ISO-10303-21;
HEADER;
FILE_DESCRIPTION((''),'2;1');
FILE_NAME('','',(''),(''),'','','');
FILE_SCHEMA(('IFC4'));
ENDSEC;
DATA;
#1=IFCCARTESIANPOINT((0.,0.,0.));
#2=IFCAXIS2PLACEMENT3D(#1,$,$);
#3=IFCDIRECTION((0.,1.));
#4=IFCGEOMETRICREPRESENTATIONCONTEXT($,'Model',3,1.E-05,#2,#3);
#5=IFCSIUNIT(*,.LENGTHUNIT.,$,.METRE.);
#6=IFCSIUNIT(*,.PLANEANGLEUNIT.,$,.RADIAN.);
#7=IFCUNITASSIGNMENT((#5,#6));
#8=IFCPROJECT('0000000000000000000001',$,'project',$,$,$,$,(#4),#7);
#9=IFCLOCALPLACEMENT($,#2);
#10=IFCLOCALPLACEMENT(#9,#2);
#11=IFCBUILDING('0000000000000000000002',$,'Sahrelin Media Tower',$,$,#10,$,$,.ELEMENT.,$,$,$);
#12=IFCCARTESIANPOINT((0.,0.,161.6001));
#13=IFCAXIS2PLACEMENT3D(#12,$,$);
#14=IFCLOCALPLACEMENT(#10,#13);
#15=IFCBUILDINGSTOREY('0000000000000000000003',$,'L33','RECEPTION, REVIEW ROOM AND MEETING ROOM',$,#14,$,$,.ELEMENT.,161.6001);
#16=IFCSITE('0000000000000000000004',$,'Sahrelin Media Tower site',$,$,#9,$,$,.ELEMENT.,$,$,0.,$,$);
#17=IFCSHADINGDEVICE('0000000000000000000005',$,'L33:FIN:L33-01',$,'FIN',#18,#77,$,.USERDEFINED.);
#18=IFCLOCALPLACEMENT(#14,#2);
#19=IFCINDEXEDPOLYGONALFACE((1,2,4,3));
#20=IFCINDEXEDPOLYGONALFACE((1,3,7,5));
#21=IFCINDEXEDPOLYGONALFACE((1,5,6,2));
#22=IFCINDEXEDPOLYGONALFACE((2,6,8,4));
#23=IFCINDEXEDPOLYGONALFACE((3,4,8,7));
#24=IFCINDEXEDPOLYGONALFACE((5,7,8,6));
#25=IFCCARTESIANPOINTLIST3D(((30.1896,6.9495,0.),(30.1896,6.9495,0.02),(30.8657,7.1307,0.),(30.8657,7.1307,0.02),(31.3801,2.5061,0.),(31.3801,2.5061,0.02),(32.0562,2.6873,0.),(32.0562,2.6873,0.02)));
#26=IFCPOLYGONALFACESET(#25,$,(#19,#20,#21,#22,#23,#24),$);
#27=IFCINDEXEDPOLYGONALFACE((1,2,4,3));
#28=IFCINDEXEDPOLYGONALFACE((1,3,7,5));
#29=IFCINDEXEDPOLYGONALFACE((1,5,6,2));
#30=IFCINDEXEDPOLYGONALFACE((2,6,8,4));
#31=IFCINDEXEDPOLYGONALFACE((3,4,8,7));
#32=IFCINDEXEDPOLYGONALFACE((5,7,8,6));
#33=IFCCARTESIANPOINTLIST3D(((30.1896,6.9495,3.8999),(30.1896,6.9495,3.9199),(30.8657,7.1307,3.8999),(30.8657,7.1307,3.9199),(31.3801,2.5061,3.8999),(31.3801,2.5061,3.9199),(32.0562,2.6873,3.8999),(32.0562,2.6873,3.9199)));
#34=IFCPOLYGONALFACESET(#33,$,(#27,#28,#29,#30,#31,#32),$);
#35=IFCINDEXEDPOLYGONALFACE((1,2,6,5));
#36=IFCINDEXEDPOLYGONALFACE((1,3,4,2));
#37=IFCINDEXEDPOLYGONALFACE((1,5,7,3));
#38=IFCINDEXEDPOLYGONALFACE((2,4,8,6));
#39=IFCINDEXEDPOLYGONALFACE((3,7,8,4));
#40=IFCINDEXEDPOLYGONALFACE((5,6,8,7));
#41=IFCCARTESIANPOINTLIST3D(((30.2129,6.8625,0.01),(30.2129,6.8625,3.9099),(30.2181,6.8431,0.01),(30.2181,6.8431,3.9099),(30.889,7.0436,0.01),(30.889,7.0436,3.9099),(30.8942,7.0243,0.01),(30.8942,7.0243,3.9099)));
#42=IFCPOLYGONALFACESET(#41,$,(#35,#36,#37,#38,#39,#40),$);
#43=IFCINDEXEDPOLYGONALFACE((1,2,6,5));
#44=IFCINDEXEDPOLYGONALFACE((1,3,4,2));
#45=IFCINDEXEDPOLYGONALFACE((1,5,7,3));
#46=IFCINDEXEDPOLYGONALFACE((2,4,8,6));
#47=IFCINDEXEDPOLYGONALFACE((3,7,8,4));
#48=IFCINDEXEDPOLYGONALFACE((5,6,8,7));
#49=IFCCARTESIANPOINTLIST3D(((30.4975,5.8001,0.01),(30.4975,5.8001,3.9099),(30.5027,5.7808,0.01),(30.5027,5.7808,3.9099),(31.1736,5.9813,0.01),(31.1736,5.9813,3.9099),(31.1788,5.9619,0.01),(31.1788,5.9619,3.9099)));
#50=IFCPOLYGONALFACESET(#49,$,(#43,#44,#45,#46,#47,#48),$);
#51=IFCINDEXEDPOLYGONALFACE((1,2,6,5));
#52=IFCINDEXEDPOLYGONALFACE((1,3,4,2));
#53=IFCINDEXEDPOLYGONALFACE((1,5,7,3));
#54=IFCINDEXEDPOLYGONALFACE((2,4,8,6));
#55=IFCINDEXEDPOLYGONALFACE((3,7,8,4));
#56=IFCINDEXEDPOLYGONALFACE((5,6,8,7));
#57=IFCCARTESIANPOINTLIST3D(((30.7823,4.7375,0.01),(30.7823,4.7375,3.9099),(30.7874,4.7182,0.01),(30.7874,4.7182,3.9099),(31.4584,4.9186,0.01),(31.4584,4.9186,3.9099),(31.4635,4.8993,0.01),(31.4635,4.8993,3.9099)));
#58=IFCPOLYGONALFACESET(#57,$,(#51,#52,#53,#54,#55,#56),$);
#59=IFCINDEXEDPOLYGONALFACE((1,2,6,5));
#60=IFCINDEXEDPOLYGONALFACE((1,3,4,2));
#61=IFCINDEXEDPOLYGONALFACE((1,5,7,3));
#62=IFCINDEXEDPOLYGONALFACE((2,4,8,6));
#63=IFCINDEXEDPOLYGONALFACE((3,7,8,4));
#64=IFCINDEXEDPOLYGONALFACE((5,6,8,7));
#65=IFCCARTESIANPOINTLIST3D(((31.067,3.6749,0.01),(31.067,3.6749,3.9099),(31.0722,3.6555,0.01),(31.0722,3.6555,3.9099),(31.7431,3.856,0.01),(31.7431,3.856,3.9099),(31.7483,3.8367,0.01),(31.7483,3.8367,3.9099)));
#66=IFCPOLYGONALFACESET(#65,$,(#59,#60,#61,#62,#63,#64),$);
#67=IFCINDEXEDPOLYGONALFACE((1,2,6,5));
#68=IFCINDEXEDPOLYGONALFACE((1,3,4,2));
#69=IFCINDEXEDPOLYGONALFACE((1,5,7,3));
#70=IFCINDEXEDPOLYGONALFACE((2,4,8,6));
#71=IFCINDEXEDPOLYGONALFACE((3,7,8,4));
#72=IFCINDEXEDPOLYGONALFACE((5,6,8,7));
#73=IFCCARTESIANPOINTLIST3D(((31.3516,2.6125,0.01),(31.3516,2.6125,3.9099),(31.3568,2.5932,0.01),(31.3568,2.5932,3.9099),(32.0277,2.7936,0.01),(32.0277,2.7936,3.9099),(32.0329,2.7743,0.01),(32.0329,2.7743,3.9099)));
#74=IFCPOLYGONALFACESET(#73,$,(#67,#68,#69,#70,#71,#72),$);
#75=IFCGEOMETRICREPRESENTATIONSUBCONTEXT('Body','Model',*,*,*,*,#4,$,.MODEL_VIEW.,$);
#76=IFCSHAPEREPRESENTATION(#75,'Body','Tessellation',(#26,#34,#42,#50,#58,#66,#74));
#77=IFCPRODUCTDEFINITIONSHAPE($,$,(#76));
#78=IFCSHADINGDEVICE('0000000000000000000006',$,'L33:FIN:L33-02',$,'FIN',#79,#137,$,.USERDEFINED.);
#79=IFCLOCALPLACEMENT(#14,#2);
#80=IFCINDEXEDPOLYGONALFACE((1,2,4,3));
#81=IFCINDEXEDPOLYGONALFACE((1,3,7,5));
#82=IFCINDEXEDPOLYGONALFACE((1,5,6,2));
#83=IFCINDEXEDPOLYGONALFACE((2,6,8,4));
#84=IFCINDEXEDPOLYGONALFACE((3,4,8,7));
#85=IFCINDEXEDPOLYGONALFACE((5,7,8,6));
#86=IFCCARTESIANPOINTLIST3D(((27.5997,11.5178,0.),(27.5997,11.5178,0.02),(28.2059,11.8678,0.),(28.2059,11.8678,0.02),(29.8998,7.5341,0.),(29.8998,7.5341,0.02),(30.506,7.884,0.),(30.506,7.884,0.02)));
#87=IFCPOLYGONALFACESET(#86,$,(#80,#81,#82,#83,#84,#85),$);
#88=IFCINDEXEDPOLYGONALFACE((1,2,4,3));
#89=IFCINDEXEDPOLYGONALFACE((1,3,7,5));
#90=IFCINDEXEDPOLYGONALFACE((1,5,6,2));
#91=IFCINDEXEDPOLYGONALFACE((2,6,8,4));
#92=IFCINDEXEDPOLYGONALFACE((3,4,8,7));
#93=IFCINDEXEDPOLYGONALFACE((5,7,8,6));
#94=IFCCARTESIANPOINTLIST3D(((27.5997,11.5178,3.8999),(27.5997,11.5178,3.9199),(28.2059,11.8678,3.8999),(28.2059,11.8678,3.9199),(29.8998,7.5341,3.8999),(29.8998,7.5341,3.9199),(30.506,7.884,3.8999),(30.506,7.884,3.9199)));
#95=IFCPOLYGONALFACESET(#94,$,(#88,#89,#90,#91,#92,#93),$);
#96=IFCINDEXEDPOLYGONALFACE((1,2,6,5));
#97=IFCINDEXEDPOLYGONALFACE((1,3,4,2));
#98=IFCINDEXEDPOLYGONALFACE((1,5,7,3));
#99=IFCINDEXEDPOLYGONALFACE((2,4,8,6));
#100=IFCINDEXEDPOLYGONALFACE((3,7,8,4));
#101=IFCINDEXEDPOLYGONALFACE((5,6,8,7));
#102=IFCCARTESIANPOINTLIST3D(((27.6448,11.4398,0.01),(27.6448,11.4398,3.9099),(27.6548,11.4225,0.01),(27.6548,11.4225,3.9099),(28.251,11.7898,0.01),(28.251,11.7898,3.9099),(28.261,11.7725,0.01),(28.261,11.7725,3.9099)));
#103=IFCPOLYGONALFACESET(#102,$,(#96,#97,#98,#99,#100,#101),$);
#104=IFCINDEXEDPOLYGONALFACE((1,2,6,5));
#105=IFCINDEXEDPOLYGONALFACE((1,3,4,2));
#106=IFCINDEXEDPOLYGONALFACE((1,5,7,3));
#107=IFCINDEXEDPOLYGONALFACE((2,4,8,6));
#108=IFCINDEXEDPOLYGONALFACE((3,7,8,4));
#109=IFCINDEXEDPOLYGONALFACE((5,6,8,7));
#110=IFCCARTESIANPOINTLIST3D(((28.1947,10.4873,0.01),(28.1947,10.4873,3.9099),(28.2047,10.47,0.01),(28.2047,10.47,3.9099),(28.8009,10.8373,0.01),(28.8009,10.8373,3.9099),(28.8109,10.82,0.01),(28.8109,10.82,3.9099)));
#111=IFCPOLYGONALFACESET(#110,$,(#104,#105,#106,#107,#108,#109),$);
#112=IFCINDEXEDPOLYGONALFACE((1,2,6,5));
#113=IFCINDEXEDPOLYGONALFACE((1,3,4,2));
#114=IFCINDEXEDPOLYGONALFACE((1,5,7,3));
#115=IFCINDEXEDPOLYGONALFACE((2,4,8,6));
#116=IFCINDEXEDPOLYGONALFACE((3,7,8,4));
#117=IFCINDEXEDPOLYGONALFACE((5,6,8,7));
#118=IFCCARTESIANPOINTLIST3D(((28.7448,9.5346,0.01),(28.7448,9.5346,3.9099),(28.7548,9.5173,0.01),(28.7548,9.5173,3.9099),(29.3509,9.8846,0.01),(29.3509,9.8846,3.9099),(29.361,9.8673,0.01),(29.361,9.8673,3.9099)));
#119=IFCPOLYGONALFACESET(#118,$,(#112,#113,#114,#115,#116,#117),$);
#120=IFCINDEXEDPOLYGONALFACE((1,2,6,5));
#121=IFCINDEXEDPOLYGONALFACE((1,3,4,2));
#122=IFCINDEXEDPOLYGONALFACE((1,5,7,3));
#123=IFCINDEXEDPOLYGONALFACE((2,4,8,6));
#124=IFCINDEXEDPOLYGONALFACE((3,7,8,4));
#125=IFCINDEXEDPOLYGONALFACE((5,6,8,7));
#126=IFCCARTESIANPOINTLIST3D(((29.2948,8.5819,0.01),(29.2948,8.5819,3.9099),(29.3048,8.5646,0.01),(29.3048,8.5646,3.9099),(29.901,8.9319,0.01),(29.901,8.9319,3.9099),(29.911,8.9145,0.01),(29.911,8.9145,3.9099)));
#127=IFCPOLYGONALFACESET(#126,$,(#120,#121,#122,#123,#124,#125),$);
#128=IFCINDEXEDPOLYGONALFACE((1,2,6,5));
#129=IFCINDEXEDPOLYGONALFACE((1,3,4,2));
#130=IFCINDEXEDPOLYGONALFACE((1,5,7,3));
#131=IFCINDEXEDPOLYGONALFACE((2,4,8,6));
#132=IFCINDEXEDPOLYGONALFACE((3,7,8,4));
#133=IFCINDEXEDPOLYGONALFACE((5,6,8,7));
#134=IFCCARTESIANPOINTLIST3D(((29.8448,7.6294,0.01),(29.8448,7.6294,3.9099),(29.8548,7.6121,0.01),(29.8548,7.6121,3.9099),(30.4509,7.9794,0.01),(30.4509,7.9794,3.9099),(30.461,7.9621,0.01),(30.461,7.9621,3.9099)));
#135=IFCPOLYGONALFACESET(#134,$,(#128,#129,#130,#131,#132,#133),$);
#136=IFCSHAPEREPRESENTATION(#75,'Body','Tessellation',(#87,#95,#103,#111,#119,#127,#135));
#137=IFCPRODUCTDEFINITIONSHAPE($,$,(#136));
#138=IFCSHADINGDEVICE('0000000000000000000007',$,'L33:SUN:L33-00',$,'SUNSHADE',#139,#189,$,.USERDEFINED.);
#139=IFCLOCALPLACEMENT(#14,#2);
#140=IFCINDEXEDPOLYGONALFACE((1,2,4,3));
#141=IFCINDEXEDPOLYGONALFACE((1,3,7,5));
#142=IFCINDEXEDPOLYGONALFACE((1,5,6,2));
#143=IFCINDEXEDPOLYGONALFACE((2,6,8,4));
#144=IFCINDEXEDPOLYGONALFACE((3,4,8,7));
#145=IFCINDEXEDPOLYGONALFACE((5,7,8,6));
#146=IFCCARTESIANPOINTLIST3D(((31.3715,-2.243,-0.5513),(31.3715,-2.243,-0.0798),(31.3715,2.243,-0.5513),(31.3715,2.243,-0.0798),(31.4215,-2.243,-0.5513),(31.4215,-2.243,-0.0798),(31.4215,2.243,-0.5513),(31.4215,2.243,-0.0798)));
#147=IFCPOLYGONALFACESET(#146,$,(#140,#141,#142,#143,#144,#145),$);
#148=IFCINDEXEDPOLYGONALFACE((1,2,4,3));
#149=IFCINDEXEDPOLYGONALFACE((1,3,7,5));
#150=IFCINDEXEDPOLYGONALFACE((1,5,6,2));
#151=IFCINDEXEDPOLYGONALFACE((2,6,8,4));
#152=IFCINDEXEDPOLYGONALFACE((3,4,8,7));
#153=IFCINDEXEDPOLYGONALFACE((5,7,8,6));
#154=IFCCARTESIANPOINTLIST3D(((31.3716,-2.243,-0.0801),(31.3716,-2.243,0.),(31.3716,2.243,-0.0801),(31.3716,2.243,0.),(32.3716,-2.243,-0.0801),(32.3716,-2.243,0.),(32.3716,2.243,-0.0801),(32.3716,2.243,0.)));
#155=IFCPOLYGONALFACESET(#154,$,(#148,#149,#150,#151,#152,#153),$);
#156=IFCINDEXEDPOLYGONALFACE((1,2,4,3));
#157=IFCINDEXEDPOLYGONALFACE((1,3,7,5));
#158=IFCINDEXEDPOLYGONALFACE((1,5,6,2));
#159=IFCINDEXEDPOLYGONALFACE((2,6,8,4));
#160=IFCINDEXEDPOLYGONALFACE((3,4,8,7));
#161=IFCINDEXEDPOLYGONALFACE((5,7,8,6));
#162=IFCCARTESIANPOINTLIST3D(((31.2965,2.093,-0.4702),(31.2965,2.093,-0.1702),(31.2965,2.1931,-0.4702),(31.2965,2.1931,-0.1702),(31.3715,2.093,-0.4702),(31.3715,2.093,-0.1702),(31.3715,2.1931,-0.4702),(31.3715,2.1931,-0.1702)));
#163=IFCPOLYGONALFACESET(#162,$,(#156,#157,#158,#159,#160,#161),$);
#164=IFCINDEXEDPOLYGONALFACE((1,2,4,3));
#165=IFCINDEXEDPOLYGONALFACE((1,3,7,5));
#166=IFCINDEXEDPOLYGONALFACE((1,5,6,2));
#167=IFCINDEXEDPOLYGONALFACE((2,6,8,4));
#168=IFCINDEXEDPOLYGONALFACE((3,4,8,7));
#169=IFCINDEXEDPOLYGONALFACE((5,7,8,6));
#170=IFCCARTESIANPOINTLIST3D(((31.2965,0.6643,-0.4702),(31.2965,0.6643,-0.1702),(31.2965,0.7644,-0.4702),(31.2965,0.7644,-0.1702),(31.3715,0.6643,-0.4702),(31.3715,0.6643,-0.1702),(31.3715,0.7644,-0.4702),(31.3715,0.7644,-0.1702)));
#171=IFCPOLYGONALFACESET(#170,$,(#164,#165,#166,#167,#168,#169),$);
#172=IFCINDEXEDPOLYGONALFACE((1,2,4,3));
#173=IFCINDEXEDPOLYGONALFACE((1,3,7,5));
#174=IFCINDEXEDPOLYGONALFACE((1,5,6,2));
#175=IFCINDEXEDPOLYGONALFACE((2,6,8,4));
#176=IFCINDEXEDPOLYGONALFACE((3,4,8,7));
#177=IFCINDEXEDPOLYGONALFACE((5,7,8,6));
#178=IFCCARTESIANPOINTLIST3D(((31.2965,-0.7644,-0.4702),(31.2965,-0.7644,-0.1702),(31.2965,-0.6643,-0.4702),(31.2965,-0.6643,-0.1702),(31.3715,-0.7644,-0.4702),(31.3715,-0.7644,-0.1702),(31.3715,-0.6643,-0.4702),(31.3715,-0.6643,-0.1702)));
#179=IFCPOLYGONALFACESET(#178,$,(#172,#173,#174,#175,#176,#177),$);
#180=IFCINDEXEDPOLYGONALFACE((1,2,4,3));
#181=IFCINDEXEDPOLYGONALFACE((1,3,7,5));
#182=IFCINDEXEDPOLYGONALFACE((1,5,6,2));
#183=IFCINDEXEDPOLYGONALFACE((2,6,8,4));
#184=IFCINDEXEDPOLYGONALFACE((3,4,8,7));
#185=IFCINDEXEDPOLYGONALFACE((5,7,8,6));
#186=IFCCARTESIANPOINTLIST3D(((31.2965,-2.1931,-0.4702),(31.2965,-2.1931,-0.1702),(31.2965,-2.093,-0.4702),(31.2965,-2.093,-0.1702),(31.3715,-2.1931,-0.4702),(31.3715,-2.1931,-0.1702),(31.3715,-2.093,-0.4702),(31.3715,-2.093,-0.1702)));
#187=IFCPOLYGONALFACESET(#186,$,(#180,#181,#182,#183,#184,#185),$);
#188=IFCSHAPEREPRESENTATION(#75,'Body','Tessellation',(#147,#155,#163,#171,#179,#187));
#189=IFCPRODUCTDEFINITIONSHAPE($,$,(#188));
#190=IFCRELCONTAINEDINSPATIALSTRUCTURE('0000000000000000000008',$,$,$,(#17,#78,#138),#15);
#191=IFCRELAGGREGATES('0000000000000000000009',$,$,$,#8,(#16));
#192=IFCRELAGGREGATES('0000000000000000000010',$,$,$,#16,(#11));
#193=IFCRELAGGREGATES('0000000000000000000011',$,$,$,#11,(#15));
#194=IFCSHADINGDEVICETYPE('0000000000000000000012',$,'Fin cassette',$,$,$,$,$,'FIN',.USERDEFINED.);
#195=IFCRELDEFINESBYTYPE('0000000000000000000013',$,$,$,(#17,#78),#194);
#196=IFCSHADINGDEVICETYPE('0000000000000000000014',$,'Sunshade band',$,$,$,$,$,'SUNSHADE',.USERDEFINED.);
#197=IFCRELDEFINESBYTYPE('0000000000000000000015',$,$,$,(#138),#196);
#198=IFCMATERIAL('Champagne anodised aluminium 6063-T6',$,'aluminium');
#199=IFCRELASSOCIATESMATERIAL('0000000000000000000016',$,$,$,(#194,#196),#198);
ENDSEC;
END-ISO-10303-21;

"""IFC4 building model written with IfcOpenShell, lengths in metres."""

from ifc_helpers import new_model, si_unit, direction, frame, origin, origin_2d, place, context, subcontext, project, spatial, rectangle, extrude, material, type_object, element, save


model = new_model("IFC4")

# Units and contexts
model_context = context("Model", 3, precision=1e-05, world=origin(), true_north=direction((0.0, 1.0)))
body_context = subcontext(model_context, "Body", "Model", "MODEL_VIEW")
ifc_project = project(units=[si_unit("LENGTHUNIT", "METRE"), si_unit("PLANEANGLEUNIT", "RADIAN")], contexts=[model_context])

# Site, building, storey
site_placement = place(None, origin())
site = spatial("IfcSite", under=ifc_project, at=site_placement, Name="Sahrelin Media Tower site", CompositionType="ELEMENT", RefElevation=0.0)
building_placement = place(site_placement, origin())
building = spatial("IfcBuilding", under=site, at=building_placement, Name="Sahrelin Media Tower", CompositionType="ELEMENT")
storey_placement = place(building_placement, frame((0.0, 0.0, 161.6001)))
storey = spatial("IfcBuildingStorey", under=building, at=storey_placement, Name="L33", Description="RECEPTION, REVIEW ROOM AND MEETING ROOM", CompositionType="ELEMENT", Elevation=161.6001)

# Shared definitions
ifc_material_1 = material(Name="Champagne anodised aluminium 6063-T6", Category="aluminium")

# Shading devices
shading_device_type_1 = type_object("IfcShadingDeviceType", Name="Fin cassette", ElementType="FIN", PredefinedType="USERDEFINED", material=ifc_material_1)
placement_1 = place(storey_placement, frame((31.3516, 0.0, 0.0), z_axis=(0.0, 0.0, 1.0), x_axis=(0.0, -1.0, 0.0)))
placement_2 = place(storey_placement, frame((30.7173, 4.7097, 0.0), z_axis=(0.0, 0.0, 1.0), x_axis=(0.258808, -0.965929, 0.0)))
element("IfcShadingDevice", 1, at=placement_2, inside=storey, type_object=shading_device_type_1, Name="L33:FIN:L33-01", ObjectType="FIN", PredefinedType="USERDEFINED", context=body_context, shape_type="SweptSolid", body=[
    extrude(rectangle(XDim=4.6001, YDim=0.7, at=origin_2d()), frame((0.0, 0.4199, 0.0)), (0.0, 0.0, 1.0), 0.02),
    extrude(rectangle(XDim=4.6001, YDim=0.7, at=origin_2d()), frame((0.0, 0.4199, 3.8999)), (0.0, 0.0, 1.0), 0.02),
    extrude(rectangle(XDim=0.02, YDim=0.7, at=origin_2d()), frame((-2.2, 0.4199, 0.01), z_axis=(0.0, 0.0, 1.0), x_axis=(1.0, 0.0, 0.0)), (0.0, 0.0, 1.0), 3.8999),
    extrude(rectangle(XDim=0.02, YDim=0.7, at=origin_2d()), frame((-1.1001, 0.4199, 0.01), z_axis=(0.0, 0.0, 1.0), x_axis=(1.0, 0.0, 0.0)), (0.0, 0.0, 1.0), 3.8999),
    extrude(rectangle(XDim=0.02, YDim=0.7, at=origin_2d()), frame((0.0, 0.4199, 0.01), z_axis=(0.0, 0.0, 1.0), x_axis=(1.0, 0.0, 0.0)), (0.0, 0.0, 1.0), 3.8999),
    extrude(rectangle(XDim=0.02, YDim=0.7, at=origin_2d()), frame((1.1001, 0.4199, 0.01), z_axis=(0.0, 0.0, 1.0), x_axis=(1.0, 0.0, 0.0)), (0.0, 0.0, 1.0), 3.8999),
    extrude(rectangle(XDim=0.02, YDim=0.7, at=origin_2d()), frame((2.2, 0.4199, 0.01), z_axis=(0.0, 0.0, 1.0), x_axis=(1.0, 0.0, 0.0)), (0.0, 0.0, 1.0), 3.8999),
])
placement_3 = place(storey_placement, frame((28.6892, 9.491, 0.0), z_axis=(0.0, 0.0, 1.0), x_axis=(0.500011, -0.866019, 0.0)))
element("IfcShadingDevice", 2, at=placement_3, inside=storey, type_object=shading_device_type_1, Name="L33:FIN:L33-02", ObjectType="FIN", PredefinedType="USERDEFINED", context=body_context, shape_type="SweptSolid", body=[
    extrude(rectangle(XDim=4.6001, YDim=0.7, at=origin_2d()), frame((0.0, 0.4199, 0.0)), (0.0, 0.0, 1.0), 0.02),
    extrude(rectangle(XDim=4.6001, YDim=0.7, at=origin_2d()), frame((0.0, 0.4199, 3.8999)), (0.0, 0.0, 1.0), 0.02),
    extrude(rectangle(XDim=0.02, YDim=0.7, at=origin_2d()), frame((-2.2, 0.4199, 0.01), z_axis=(0.0, 0.0, 1.0), x_axis=(1.0, 0.0, 0.0)), (0.0, 0.0, 1.0), 3.8999),
    extrude(rectangle(XDim=0.02, YDim=0.7, at=origin_2d()), frame((-1.1001, 0.4199, 0.01), z_axis=(0.0, 0.0, 1.0), x_axis=(1.0, 0.0, 0.0)), (0.0, 0.0, 1.0), 3.8999),
    extrude(rectangle(XDim=0.02, YDim=0.7, at=origin_2d()), frame((0.0, 0.4199, 0.01), z_axis=(0.0, 0.0, 1.0), x_axis=(1.0, 0.0, 0.0)), (0.0, 0.0, 1.0), 3.8999),
    extrude(rectangle(XDim=0.02, YDim=0.7, at=origin_2d()), frame((1.1001, 0.4199, 0.01), z_axis=(0.0, 0.0, 1.0), x_axis=(1.0, 0.0, 0.0)), (0.0, 0.0, 1.0), 3.8999),
    extrude(rectangle(XDim=0.02, YDim=0.7, at=origin_2d()), frame((2.2, 0.4199, 0.01), z_axis=(0.0, 0.0, 1.0), x_axis=(1.0, 0.0, 0.0)), (0.0, 0.0, 1.0), 3.8999),
])
shading_device_type_2 = type_object("IfcShadingDeviceType", Name="Sunshade band", ElementType="SUNSHADE", PredefinedType="USERDEFINED", material=ifc_material_1)
element("IfcShadingDevice", 3, at=placement_1, inside=storey, type_object=shading_device_type_2, Name="L33:SUN:L33-00", ObjectType="SUNSHADE", PredefinedType="USERDEFINED", context=body_context, shape_type="SweptSolid", body=[
    extrude(rectangle(XDim=4.4861, YDim=0.05, at=origin_2d()), frame((0.0, 0.0449, -0.5513)), (0.0, 0.0, 1.0), 0.4714),
    extrude(rectangle(XDim=4.4861, YDim=1.0, at=origin_2d()), frame((0.0, 0.52, -0.0801)), (0.0, 0.0, 1.0), 0.0801),
    extrude(rectangle(XDim=0.1001, YDim=0.075, at=origin_2d()), frame((-2.1431, -0.0176, -0.4702)), (0.0, 0.0, 1.0), 0.3),
    extrude(rectangle(XDim=0.1001, YDim=0.075, at=origin_2d()), frame((-0.7144, -0.0176, -0.4702)), (0.0, 0.0, 1.0), 0.3),
    extrude(rectangle(XDim=0.1001, YDim=0.075, at=origin_2d()), frame((0.7144, -0.0176, -0.4702)), (0.0, 0.0, 1.0), 0.3),
    extrude(rectangle(XDim=0.1001, YDim=0.075, at=origin_2d()), frame((2.1431, -0.0176, -0.4702)), (0.0, 0.0, 1.0), 0.3),
])

save(model, "model.ifc")
